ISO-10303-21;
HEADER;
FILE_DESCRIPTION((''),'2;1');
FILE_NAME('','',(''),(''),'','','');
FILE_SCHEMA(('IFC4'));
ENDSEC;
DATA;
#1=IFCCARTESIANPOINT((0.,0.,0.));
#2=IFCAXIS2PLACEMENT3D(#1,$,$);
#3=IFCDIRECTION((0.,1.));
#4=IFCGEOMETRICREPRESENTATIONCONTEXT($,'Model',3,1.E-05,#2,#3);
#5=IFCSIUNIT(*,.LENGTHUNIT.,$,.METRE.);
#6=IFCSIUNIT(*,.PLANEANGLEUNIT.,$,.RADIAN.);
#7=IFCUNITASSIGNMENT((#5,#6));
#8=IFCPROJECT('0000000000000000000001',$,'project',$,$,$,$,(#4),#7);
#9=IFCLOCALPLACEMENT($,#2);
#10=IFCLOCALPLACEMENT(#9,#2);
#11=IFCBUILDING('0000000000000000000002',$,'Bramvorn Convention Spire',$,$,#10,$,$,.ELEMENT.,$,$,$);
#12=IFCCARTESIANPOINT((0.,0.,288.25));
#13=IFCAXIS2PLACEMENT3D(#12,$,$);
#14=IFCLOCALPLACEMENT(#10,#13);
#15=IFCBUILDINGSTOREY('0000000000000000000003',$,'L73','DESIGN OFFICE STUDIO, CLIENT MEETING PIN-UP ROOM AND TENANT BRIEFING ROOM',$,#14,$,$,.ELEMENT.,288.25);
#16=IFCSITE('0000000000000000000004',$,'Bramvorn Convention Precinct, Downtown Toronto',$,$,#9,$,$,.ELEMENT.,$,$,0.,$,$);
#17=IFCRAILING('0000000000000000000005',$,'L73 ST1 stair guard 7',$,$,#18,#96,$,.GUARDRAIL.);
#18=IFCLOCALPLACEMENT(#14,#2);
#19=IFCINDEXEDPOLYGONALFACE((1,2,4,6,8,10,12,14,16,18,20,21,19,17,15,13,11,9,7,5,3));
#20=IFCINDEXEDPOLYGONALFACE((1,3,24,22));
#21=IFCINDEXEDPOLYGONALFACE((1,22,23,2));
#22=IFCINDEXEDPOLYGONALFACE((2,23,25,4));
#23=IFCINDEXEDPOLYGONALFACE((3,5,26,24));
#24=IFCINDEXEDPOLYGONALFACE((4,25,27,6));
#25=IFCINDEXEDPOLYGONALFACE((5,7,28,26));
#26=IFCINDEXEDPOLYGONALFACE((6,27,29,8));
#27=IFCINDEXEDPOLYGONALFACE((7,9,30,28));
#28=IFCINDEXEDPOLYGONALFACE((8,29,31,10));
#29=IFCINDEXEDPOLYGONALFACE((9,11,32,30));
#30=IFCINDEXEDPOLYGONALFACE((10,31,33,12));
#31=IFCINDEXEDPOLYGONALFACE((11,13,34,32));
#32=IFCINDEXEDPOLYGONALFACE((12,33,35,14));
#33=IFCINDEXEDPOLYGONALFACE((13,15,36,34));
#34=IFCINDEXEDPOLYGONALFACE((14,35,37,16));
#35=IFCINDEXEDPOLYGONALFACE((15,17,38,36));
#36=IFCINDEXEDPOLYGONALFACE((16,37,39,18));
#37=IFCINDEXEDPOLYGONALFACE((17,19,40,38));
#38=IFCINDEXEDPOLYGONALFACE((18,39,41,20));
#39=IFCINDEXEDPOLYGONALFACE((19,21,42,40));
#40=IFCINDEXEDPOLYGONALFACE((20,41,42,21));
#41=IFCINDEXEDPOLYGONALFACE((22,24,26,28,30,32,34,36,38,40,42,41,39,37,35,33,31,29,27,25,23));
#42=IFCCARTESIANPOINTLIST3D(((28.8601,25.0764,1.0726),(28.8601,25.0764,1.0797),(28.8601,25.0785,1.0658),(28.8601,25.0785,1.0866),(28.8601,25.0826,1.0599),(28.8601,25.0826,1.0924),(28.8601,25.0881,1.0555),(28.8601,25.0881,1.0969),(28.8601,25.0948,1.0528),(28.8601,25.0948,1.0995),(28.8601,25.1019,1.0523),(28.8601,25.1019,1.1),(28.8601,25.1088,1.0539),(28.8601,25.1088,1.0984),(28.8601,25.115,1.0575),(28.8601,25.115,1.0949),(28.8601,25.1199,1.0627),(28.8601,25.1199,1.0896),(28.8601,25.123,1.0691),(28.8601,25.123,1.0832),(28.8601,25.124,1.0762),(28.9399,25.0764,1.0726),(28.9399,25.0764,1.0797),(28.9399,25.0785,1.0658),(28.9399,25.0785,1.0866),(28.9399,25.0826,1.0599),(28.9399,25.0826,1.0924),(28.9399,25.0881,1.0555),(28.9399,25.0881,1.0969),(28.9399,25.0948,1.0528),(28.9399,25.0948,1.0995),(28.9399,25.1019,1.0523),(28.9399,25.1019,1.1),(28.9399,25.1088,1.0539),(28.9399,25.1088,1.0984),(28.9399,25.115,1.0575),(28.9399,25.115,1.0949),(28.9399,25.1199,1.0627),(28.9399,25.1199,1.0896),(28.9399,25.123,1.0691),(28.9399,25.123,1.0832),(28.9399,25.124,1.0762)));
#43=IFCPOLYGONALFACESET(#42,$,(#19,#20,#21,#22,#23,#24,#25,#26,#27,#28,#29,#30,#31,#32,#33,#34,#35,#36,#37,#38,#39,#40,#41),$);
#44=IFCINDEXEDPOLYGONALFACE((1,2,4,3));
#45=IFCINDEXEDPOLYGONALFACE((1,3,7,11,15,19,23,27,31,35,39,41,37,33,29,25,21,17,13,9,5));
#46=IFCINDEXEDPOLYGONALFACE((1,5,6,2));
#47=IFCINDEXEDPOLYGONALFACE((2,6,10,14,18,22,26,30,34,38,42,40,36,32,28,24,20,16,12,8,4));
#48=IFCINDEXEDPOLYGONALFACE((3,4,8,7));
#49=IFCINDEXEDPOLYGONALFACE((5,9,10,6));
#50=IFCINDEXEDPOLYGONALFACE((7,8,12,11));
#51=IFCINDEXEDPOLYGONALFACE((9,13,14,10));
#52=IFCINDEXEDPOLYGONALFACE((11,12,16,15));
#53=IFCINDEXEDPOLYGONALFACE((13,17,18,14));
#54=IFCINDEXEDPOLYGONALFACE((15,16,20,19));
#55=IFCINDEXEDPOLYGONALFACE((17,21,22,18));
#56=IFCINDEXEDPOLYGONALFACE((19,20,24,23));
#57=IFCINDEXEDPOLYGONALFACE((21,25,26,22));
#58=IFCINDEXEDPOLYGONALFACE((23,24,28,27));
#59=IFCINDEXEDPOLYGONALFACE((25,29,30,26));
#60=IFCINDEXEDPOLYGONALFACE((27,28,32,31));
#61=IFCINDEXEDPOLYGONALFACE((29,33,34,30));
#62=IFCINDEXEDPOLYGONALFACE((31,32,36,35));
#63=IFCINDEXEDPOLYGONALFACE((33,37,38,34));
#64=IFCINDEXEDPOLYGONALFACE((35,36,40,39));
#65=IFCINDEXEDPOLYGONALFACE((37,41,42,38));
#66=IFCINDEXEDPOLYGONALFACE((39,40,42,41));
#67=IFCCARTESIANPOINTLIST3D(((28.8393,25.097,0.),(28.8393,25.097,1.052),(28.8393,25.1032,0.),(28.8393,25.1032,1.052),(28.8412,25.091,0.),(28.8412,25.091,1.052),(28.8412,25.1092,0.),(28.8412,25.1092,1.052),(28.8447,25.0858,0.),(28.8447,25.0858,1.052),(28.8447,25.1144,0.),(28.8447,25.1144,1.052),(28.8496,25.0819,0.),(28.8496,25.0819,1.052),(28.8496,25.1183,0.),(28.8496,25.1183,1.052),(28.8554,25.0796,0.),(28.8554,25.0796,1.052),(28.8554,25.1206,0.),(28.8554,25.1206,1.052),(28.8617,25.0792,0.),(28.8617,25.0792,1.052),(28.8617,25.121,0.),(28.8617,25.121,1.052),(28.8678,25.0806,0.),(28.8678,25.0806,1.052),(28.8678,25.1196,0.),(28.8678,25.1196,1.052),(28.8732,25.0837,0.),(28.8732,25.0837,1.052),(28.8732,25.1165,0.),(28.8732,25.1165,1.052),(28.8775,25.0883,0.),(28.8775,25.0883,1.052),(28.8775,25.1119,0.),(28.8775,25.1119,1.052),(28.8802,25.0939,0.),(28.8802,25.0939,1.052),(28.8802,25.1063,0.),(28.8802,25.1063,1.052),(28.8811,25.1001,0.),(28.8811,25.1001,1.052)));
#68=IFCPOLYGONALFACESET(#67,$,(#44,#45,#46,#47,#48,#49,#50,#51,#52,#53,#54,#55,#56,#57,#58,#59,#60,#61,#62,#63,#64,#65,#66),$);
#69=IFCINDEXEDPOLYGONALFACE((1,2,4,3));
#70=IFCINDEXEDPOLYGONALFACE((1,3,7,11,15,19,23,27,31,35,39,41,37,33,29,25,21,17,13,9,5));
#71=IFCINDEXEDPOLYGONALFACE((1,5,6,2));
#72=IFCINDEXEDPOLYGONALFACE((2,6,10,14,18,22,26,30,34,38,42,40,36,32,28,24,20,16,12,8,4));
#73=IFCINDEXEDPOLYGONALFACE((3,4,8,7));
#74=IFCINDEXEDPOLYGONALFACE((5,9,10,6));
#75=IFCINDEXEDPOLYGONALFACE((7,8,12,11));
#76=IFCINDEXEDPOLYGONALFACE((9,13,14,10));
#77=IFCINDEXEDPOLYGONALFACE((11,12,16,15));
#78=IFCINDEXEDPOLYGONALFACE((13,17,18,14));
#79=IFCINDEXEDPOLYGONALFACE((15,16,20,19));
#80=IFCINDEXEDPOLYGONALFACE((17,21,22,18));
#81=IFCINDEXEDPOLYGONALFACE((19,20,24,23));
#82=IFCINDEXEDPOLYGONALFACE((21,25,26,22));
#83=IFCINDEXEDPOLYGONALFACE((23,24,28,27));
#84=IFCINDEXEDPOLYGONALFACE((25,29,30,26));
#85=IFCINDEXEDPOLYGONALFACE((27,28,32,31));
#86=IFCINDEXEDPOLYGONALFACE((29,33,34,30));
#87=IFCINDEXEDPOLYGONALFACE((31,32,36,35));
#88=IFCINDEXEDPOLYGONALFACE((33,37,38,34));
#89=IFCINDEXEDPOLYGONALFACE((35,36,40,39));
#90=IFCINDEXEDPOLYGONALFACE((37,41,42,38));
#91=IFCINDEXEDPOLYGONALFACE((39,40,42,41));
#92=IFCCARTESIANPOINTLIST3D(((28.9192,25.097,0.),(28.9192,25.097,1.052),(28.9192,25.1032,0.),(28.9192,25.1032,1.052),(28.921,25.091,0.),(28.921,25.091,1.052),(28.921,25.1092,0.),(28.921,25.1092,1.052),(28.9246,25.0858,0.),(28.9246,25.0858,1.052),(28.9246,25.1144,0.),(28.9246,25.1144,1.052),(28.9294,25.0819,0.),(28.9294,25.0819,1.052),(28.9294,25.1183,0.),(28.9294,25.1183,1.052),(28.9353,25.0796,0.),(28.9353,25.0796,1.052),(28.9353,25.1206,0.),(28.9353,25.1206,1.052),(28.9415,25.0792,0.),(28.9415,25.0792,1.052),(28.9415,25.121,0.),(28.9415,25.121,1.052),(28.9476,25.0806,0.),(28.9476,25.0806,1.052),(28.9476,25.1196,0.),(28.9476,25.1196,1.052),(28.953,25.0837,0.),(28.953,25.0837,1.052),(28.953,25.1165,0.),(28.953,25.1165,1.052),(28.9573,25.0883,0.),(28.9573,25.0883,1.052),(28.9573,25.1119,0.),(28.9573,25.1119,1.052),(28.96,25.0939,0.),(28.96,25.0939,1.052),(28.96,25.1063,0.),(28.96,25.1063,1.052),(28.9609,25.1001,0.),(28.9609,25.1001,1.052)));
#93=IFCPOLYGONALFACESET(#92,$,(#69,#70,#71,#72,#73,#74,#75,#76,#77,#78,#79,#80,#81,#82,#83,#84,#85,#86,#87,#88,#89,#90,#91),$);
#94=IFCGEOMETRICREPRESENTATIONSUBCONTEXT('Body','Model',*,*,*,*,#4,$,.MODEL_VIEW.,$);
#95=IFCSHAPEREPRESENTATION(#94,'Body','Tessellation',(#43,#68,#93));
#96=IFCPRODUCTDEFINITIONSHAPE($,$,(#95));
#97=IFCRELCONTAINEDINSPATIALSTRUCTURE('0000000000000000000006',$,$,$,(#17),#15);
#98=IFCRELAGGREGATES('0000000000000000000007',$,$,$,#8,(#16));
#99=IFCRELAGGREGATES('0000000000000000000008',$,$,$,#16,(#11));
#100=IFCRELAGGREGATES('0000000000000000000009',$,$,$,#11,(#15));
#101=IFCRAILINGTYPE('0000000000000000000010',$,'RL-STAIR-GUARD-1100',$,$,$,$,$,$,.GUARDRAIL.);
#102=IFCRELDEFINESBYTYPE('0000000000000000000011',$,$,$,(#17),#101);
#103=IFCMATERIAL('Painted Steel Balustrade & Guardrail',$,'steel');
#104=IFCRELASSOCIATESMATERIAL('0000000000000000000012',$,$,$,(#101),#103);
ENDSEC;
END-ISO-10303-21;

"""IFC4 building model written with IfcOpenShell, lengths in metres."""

from ifc_helpers import new_model, si_unit, direction, frame, origin, origin_2d, place, context, subcontext, project, spatial, circle, extrude, material, type_object, element, save


model = new_model("IFC4")

# Units and contexts
model_context = context("Model", 3, precision=1e-05, world=origin(), true_north=direction((0.0, 1.0)))
body_context = subcontext(model_context, "Body", "Model", "MODEL_VIEW")
ifc_project = project(units=[si_unit("LENGTHUNIT", "METRE"), si_unit("PLANEANGLEUNIT", "RADIAN")], contexts=[model_context])

# Site, building, storey
site_placement = place(None, origin())
site = spatial("IfcSite", under=ifc_project, at=site_placement, Name="Bramvorn Convention Precinct, Downtown Toronto", CompositionType="ELEMENT", RefElevation=0.0)
building_placement = place(site_placement, origin())
building = spatial("IfcBuilding", under=site, at=building_placement, Name="Bramvorn Convention Spire", CompositionType="ELEMENT")
storey_placement = place(building_placement, frame((0.0, 0.0, 288.25)))
storey = spatial("IfcBuildingStorey", under=building, at=storey_placement, Name="L73", Description="DESIGN OFFICE STUDIO, CLIENT MEETING PIN-UP ROOM AND TENANT BRIEFING ROOM", CompositionType="ELEMENT", Elevation=288.25)

# Railing
ifc_material_1 = material(Name="Painted Steel Balustrade & Guardrail", Category="steel")
railing_type_1 = type_object("IfcRailingType", Name="RL-STAIR-GUARD-1100", PredefinedType="GUARDRAIL", material=ifc_material_1)
railing_1_placement = place(storey_placement, frame((28.8601, 25.1001, 0.0)))
element("IfcRailing", 1, at=railing_1_placement, inside=storey, type_object=railing_type_1, Name="L73 ST1 stair guard 7", PredefinedType="GUARDRAIL", context=body_context, shape_type="SweptSolid", body=[
    extrude(circle(Radius=0.0239, at=origin_2d()), frame((0.0, 0.0, 1.0762), z_axis=(1.0, 0.0, 0.0), x_axis=(0.0, 1.0, 0.0)), (0.0, 0.0, 1.0), 0.0798),
    extrude(circle(Radius=0.021, at=origin_2d()), origin(), (0.0, 0.0, 1.0), 1.052),
    extrude(circle(Radius=0.021, at=origin_2d()), frame((0.0798, 0.0, 0.0)), (0.0, 0.0, 1.0), 1.052),
])

save(model, "model.ifc")
